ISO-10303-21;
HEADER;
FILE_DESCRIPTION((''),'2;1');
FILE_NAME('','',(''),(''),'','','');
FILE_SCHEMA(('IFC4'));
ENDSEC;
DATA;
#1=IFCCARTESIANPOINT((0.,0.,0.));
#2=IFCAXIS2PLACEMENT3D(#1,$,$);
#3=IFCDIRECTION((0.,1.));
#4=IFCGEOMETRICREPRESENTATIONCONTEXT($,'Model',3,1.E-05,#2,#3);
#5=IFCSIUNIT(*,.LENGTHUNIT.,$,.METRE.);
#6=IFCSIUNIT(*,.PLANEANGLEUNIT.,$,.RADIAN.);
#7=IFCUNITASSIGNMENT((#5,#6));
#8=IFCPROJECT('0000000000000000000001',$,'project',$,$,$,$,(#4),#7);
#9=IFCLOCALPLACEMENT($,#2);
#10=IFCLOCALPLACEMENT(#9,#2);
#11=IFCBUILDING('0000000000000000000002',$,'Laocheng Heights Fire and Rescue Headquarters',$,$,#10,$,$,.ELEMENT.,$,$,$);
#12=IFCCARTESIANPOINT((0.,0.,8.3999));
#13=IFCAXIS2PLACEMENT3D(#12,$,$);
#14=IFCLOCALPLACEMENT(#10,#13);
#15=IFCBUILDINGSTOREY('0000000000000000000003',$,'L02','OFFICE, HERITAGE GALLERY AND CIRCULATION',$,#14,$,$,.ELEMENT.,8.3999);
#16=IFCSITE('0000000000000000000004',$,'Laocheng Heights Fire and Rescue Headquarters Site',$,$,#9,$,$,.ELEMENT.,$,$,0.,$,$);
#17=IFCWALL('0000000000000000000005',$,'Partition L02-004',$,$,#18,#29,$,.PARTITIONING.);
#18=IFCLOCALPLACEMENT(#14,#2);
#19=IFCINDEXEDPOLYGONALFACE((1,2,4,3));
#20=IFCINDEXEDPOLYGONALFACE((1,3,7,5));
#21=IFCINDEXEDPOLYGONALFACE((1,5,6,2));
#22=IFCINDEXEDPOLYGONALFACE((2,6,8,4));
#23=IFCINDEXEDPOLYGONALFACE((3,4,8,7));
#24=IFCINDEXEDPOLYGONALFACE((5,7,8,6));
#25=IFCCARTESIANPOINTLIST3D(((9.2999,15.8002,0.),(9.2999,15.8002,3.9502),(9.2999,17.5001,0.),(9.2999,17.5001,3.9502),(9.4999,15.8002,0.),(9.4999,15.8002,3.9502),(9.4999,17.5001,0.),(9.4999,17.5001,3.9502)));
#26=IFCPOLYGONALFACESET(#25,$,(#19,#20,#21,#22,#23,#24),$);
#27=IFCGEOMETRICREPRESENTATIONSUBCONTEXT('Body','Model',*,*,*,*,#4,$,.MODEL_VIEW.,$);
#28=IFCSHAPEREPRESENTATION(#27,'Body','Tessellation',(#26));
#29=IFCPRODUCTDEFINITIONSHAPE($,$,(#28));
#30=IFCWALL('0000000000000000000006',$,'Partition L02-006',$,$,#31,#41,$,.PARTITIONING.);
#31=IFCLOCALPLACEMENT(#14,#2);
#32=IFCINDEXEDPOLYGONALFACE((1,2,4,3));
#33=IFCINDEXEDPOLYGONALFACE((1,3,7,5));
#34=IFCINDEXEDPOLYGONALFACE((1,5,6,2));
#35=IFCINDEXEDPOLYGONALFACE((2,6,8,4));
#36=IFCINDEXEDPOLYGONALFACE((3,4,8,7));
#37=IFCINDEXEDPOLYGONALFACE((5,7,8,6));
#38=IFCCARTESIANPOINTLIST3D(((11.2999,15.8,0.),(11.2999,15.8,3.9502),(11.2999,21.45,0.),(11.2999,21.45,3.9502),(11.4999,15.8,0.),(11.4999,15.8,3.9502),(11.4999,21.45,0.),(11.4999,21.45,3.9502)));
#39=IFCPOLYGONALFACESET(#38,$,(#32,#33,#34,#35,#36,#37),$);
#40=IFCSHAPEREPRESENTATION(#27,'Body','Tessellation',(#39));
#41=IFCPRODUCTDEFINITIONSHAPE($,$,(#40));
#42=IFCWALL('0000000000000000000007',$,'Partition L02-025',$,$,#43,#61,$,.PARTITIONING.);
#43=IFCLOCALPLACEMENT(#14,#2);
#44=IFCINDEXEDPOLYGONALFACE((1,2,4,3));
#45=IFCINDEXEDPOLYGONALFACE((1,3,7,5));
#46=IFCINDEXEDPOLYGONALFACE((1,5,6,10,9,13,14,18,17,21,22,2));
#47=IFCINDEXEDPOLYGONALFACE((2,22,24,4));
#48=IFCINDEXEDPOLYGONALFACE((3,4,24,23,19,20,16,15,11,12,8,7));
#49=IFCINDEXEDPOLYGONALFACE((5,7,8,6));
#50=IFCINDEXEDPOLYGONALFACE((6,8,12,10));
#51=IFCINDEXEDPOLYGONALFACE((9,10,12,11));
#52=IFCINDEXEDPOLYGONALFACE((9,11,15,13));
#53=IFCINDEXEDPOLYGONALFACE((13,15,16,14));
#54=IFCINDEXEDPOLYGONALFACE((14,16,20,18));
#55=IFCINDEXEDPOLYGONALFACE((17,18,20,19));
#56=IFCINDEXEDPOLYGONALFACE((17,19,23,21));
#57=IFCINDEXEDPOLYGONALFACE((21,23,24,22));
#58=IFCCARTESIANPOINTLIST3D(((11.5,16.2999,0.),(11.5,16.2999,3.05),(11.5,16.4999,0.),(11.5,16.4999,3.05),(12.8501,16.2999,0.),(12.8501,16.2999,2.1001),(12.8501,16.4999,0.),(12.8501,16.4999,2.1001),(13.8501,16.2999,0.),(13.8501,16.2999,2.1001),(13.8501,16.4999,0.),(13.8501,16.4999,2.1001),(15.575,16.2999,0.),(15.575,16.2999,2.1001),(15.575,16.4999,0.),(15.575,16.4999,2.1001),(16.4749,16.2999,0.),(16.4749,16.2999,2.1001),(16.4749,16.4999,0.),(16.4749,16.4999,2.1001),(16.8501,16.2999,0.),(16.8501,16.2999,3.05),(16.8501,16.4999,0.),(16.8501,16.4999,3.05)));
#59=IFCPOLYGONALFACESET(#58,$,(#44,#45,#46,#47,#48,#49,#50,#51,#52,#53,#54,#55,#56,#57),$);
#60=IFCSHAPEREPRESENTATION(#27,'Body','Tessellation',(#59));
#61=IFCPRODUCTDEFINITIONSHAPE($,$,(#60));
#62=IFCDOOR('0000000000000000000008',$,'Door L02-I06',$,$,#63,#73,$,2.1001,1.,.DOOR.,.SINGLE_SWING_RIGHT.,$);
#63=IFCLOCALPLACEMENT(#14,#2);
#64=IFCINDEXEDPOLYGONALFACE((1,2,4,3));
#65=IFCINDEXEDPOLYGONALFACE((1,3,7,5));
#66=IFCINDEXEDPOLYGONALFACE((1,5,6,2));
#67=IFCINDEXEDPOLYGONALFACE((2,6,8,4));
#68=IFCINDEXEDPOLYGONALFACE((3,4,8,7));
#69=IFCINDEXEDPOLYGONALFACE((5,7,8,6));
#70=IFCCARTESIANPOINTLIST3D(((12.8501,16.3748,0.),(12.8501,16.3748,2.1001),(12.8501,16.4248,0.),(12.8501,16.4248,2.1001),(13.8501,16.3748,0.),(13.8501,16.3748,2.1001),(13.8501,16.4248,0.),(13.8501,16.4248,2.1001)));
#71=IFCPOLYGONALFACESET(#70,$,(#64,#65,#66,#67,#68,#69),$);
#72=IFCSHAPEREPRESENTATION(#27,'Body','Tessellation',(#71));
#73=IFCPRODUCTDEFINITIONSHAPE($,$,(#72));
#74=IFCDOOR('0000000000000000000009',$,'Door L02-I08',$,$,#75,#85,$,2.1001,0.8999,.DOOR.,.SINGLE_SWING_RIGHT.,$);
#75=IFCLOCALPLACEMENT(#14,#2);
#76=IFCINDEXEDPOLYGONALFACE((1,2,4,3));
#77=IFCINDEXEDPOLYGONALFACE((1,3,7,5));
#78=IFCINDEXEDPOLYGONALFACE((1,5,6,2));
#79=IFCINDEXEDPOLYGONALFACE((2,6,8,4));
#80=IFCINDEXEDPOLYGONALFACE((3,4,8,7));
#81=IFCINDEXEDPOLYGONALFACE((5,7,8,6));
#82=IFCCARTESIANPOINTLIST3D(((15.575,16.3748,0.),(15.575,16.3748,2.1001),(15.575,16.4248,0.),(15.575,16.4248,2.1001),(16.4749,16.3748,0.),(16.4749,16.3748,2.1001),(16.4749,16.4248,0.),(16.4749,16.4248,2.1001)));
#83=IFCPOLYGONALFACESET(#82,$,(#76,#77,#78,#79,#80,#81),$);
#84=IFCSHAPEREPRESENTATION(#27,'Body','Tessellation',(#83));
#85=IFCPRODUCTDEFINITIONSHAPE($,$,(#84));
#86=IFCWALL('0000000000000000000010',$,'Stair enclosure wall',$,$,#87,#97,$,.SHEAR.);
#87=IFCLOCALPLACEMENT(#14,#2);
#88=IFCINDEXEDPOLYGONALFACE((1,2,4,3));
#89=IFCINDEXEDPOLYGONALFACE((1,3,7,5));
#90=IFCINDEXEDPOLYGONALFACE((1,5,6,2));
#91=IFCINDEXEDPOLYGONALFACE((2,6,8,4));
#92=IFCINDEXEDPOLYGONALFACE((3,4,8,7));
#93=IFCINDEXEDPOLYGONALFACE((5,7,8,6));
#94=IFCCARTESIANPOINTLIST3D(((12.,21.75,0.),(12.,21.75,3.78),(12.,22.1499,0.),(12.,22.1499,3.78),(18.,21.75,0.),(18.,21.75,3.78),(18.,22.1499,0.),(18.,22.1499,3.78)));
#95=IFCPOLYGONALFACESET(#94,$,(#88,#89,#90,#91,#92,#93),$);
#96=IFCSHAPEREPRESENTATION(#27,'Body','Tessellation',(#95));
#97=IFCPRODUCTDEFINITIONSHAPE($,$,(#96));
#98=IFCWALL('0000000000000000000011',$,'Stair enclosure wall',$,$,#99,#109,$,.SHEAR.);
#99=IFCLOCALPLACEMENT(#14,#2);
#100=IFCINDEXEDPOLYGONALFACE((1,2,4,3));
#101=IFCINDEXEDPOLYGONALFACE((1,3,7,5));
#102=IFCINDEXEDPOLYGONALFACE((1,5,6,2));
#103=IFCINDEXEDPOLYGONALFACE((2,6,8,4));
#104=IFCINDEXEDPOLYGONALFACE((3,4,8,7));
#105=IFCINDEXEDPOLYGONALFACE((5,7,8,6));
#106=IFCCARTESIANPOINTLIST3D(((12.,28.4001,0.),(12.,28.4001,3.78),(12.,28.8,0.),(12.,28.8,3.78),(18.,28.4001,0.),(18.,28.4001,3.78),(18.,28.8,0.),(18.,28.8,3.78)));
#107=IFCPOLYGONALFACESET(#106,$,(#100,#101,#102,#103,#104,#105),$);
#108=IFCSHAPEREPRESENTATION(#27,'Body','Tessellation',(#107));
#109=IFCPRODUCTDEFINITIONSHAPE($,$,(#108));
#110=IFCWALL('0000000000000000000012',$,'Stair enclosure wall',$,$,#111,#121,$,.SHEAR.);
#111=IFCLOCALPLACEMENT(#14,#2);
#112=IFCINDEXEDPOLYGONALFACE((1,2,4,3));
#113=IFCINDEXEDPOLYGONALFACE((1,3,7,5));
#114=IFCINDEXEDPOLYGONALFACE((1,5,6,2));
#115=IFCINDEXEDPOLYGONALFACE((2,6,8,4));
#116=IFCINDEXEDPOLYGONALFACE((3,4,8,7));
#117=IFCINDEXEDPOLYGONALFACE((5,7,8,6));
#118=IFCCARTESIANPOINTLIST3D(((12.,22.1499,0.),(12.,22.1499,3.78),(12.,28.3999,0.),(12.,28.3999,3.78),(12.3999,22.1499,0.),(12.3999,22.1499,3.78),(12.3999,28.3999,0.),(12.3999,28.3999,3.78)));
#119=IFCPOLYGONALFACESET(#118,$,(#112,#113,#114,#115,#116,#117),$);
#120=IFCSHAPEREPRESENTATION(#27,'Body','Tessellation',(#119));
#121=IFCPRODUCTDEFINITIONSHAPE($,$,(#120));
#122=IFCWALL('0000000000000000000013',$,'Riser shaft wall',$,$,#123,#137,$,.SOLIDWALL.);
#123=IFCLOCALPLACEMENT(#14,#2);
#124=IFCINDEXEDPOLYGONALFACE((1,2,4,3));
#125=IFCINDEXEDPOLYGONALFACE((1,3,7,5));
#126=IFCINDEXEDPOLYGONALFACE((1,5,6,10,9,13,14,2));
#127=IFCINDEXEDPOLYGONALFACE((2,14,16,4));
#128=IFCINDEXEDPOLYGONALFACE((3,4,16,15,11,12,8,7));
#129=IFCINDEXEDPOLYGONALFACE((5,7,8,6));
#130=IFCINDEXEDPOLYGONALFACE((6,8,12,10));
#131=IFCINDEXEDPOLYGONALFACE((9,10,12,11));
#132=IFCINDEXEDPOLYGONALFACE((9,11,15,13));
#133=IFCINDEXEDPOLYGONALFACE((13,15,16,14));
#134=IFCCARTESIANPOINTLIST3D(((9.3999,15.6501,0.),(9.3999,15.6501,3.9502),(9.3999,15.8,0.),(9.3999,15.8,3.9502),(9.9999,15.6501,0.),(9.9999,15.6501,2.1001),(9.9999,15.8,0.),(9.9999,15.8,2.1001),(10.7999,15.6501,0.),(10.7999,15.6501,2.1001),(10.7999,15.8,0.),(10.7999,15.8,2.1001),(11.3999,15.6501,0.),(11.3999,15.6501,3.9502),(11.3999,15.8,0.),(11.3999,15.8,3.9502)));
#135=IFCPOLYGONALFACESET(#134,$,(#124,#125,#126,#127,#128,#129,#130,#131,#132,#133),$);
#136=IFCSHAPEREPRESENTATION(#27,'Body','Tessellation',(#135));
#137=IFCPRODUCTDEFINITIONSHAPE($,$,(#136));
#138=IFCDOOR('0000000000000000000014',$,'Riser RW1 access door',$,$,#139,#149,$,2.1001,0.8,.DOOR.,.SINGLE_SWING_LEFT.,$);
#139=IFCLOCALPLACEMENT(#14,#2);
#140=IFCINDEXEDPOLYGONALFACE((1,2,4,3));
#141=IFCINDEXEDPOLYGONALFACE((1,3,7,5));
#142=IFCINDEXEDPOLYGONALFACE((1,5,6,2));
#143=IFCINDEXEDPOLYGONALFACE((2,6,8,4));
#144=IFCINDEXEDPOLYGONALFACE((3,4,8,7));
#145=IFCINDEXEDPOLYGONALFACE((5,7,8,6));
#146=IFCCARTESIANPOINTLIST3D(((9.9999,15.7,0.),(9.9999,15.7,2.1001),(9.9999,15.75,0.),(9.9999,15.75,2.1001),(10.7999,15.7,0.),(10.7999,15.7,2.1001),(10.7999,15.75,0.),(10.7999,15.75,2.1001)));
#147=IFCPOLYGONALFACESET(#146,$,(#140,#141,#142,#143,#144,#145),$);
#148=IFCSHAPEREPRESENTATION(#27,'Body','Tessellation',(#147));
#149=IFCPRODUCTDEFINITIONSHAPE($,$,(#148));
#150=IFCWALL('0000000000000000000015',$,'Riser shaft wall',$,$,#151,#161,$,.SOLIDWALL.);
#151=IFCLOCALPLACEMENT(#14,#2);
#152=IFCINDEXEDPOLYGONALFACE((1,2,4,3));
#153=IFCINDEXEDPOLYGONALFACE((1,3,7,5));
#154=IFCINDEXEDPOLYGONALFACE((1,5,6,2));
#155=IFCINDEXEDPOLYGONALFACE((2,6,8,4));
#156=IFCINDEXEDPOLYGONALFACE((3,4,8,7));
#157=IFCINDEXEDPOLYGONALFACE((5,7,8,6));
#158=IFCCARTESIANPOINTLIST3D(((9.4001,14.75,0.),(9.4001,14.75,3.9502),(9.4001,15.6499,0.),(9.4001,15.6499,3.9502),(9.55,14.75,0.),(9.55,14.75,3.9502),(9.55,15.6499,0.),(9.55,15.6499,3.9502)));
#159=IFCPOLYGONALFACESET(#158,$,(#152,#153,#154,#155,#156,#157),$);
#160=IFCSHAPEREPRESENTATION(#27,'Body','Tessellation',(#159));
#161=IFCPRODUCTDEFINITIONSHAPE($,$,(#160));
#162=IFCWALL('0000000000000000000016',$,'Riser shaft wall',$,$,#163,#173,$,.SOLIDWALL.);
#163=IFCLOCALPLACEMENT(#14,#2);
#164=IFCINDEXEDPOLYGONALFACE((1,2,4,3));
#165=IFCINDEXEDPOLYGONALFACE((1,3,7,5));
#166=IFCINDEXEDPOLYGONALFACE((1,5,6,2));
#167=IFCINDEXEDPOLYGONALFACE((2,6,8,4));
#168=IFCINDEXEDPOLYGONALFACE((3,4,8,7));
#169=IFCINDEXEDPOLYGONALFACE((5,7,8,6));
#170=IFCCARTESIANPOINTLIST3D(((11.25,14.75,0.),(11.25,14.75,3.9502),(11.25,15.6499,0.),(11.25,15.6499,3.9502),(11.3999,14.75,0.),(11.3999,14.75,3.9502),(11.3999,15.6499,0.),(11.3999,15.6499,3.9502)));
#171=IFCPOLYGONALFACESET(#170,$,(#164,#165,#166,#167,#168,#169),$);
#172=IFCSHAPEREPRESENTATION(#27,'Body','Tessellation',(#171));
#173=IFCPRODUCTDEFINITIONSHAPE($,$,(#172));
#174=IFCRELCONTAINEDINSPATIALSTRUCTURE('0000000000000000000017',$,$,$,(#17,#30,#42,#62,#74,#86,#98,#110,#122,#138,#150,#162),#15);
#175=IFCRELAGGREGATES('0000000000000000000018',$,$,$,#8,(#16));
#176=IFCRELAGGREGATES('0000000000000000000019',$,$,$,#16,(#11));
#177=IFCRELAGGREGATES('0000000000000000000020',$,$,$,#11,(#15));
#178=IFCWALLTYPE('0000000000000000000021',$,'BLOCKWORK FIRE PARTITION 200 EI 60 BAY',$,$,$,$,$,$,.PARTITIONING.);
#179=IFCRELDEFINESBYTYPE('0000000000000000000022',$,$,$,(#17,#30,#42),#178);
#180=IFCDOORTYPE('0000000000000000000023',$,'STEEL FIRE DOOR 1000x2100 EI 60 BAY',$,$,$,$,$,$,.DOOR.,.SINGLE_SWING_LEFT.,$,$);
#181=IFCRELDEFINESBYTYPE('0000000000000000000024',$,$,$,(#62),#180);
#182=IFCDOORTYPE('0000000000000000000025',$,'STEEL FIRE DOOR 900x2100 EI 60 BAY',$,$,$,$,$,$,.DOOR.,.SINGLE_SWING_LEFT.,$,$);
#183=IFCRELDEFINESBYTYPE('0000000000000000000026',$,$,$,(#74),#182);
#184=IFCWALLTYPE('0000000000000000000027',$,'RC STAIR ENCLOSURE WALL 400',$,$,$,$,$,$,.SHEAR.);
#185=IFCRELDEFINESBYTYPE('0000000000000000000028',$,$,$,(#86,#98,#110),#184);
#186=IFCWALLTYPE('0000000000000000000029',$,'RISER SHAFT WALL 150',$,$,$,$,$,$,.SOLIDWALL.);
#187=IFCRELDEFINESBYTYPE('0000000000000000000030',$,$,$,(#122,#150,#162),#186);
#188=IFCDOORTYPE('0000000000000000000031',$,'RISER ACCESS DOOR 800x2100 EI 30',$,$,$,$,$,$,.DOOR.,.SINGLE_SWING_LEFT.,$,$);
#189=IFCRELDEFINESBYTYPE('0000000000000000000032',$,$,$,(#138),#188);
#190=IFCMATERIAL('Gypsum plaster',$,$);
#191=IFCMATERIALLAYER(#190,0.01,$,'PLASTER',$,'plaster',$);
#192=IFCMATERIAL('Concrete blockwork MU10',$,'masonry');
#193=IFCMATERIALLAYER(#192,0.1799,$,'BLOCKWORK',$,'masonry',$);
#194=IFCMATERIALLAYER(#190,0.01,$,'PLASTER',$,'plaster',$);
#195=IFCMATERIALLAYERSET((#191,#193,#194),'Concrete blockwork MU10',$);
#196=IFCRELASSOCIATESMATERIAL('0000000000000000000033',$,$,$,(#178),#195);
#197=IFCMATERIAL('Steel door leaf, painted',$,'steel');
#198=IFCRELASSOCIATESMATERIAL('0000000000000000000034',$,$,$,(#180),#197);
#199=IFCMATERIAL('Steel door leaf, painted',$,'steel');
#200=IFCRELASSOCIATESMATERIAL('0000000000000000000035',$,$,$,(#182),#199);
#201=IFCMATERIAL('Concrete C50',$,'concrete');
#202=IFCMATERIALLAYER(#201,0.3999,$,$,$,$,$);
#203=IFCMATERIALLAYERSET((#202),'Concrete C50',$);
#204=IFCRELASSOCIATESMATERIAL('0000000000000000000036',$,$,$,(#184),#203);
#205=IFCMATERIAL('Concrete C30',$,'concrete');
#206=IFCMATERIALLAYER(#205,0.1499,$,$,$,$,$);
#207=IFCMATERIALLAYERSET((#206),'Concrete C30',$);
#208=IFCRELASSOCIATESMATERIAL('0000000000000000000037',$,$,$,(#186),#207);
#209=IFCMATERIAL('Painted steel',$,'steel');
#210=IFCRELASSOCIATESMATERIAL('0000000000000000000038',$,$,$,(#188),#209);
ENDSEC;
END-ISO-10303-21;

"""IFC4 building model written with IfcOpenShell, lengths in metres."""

from ifc_helpers import new_model, si_unit, direction, frame, frame_2d, origin, place, context, subcontext, project, spatial, rectangle, extrude, material, layer, layer_set, type_object, element, fill, save


model = new_model("IFC4")

# Units and contexts
model_context = context("Model", 3, precision=1e-05, world=origin(), true_north=direction((0.0, 1.0)))
body_context = subcontext(model_context, "Body", "Model", "MODEL_VIEW")
ifc_project = project(units=[si_unit("LENGTHUNIT", "METRE"), si_unit("PLANEANGLEUNIT", "RADIAN")], contexts=[model_context])

# Site, building, storey
site_placement = place(None, origin())
site = spatial("IfcSite", under=ifc_project, at=site_placement, Name="Laocheng Heights Fire and Rescue Headquarters Site", CompositionType="ELEMENT", RefElevation=0.0)
building_placement = place(site_placement, origin())
building = spatial("IfcBuilding", under=site, at=building_placement, Name="Laocheng Heights Fire and Rescue Headquarters", CompositionType="ELEMENT")
storey_placement = place(building_placement, frame((0.0, 0.0, 8.3999)))
storey = spatial("IfcBuildingStorey", under=building, at=storey_placement, Name="L02", Description="OFFICE, HERITAGE GALLERY AND CIRCULATION", CompositionType="ELEMENT", Elevation=8.3999)

# Walls
ifc_material_1 = material(Name="Gypsum plaster")
ifc_layer_1 = layer(ifc_material_1, 0.01, Name="PLASTER", Category="plaster")
ifc_material_2 = material(Name="Concrete blockwork MU10", Category="masonry")
ifc_layer_2 = layer(ifc_material_2, 0.1799, Name="BLOCKWORK", Category="masonry")
ifc_layer_3 = layer(ifc_material_1, 0.01, Name="PLASTER", Category="plaster")
ifc_layer_set_1 = layer_set([ifc_layer_1, ifc_layer_2, ifc_layer_3], Name="Concrete blockwork MU10")
wall_type_1 = type_object("IfcWallType", Name="BLOCKWORK FIRE PARTITION 200 EI 60 BAY", PredefinedType="PARTITIONING", material=ifc_layer_set_1)
wall_1_placement = place(storey_placement, frame((9.3999, 15.8, 0.0), z_axis=(0.0, 0.0, 1.0), x_axis=(0.0, 1.0, 0.0)))
element("IfcWall", 1, at=wall_1_placement, inside=storey, type_object=wall_type_1, Name="Partition L02-004", PredefinedType="PARTITIONING", context=body_context, shape_type="SweptSolid", body=[
    extrude(rectangle(XDim=1.7, YDim=0.2, at=frame_2d((0.8501, 0.0))), origin(), (0.0, 0.0, 1.0), 3.9502),
])
wall_2_placement = place(storey_placement, frame((11.3999, 15.8, 0.0), z_axis=(0.0, 0.0, 1.0), x_axis=(0.0, 1.0, 0.0)))
element("IfcWall", 2, at=wall_2_placement, inside=storey, type_object=wall_type_1, Name="Partition L02-006", PredefinedType="PARTITIONING", context=body_context, shape_type="SweptSolid", body=[
    extrude(rectangle(XDim=5.6499, YDim=0.2, at=frame_2d((2.825, 0.0))), origin(), (0.0, 0.0, 1.0), 3.9502),
])

# Wall, openings, doors
wall_3_placement = place(storey_placement, frame((11.5, 16.3999, 0.0), z_axis=(0.0, 0.0, 1.0), x_axis=(1.0, 0.0, 0.0)))
wall_3 = element("IfcWall", 3, at=wall_3_placement, inside=storey, type_object=wall_type_1, Name="Partition L02-025", PredefinedType="PARTITIONING", context=body_context, shape_type="SweptSolid", body=[
    extrude(rectangle(XDim=5.3501, YDim=0.2, at=frame_2d((2.675, 0.0))), origin(), (0.0, 0.0, 1.0), 3.05),
])
opening_1_placement = place(wall_3_placement, frame((1.3501, 0.0, 0.0)))
opening_1 = element("IfcOpeningElement", 4, at=opening_1_placement, cuts=wall_3, PredefinedType="OPENING", context=body_context, shape_type="SweptSolid", body=[
    extrude(rectangle(XDim=1.0, YDim=2.1001, at=frame_2d((0.5, 1.05))), frame((0.0, 0.1099, 0.0), z_axis=(0.0, -1.0, 0.0), x_axis=(1.0, 0.0, 0.0)), (0.0, 0.0, 1.0), 0.22),
])
opening_2_placement = place(wall_3_placement, frame((4.075, 0.0, 0.0)))
opening_2 = element("IfcOpeningElement", 5, at=opening_2_placement, cuts=wall_3, PredefinedType="OPENING", context=body_context, shape_type="SweptSolid", body=[
    extrude(rectangle(XDim=0.8999, YDim=2.1001, at=frame_2d((0.45, 1.05))), frame((0.0, 0.1099, 0.0), z_axis=(0.0, -1.0, 0.0), x_axis=(1.0, 0.0, 0.0)), (0.0, 0.0, 1.0), 0.22),
])
ifc_material_3 = material(Name="Steel door leaf, painted", Category="steel")
door_type_1 = type_object("IfcDoorType", Name="STEEL FIRE DOOR 1000x2100 EI 60 BAY", OperationType="SINGLE_SWING_LEFT", PredefinedType="DOOR", material=ifc_material_3)
door_1_placement = place(opening_1_placement, origin())
door_1 = element("IfcDoor", 6, at=door_1_placement, inside=storey, type_object=door_type_1, Name="Door L02-I06", OperationType="SINGLE_SWING_RIGHT", OverallHeight=2.1001, OverallWidth=1.0, PredefinedType="DOOR", context=body_context, shape_type="SweptSolid", body=[
    extrude(rectangle(XDim=1.0, YDim=2.1001, at=frame_2d((0.5, 1.05))), frame((0.0, 0.0249, 0.0), z_axis=(0.0, -1.0, 0.0), x_axis=(1.0, 0.0, 0.0)), (0.0, 0.0, 1.0), 0.05),
])
fill(opening_1, door_1)
ifc_material_4 = material(Name="Steel door leaf, painted", Category="steel")
door_type_2 = type_object("IfcDoorType", Name="STEEL FIRE DOOR 900x2100 EI 60 BAY", OperationType="SINGLE_SWING_LEFT", PredefinedType="DOOR", material=ifc_material_4)
door_2_placement = place(opening_2_placement, origin())
door_2 = element("IfcDoor", 7, at=door_2_placement, inside=storey, type_object=door_type_2, Name="Door L02-I08", OperationType="SINGLE_SWING_RIGHT", OverallHeight=2.1001, OverallWidth=0.8999, PredefinedType="DOOR", context=body_context, shape_type="SweptSolid", body=[
    extrude(rectangle(XDim=0.8999, YDim=2.1001, at=frame_2d((0.45, 1.05))), frame((0.0, 0.0249, 0.0), z_axis=(0.0, -1.0, 0.0), x_axis=(1.0, 0.0, 0.0)), (0.0, 0.0, 1.0), 0.05),
])
fill(opening_2, door_2)

# Walls
ifc_material_5 = material(Name="Concrete C50", Category="concrete")
ifc_layer_4 = layer(ifc_material_5, 0.3999)
ifc_layer_set_2 = layer_set([ifc_layer_4], Name="Concrete C50")
wall_type_2 = type_object("IfcWallType", Name="RC STAIR ENCLOSURE WALL 400", PredefinedType="SHEAR", material=ifc_layer_set_2)
for number, where, z_axis, x_axis, name in (
    (8, (12.0, 21.95, 0.0), (0.0, 0.0, 1.0), (1.0, 0.0, 0.0), "Stair enclosure wall"),
    (9, (12.0, 28.6001, 0.0), (0.0, 0.0, 1.0), (1.0, 0.0, 0.0), "Stair enclosure wall"),
):
    element("IfcWall", number, at=place(storey_placement, frame(where, z_axis=z_axis, x_axis=x_axis)), inside=storey, type_object=wall_type_2, Name=name, PredefinedType="SHEAR", context=body_context, shape_type="SweptSolid", body=[
        extrude(rectangle(XDim=6.0, YDim=0.3999, at=frame_2d((3.0, 0.0))), origin(), (0.0, 0.0, 1.0), 3.78),
    ])
wall_4_placement = place(storey_placement, frame((12.2, 22.1499, 0.0), z_axis=(0.0, 0.0, 1.0), x_axis=(0.0, 1.0, 0.0)))
element("IfcWall", 10, at=wall_4_placement, inside=storey, type_object=wall_type_2, Name="Stair enclosure wall", PredefinedType="SHEAR", context=body_context, shape_type="SweptSolid", body=[
    extrude(rectangle(XDim=6.25, YDim=0.3999, at=frame_2d((3.125, 0.0))), origin(), (0.0, 0.0, 1.0), 3.78),
])

# Wall, opening, door
ifc_material_6 = material(Name="Concrete C30", Category="concrete")
ifc_layer_5 = layer(ifc_material_6, 0.1499)
ifc_layer_set_3 = layer_set([ifc_layer_5], Name="Concrete C30")
wall_type_3 = type_object("IfcWallType", Name="RISER SHAFT WALL 150", PredefinedType="SOLIDWALL", material=ifc_layer_set_3)
wall_5_placement = place(storey_placement, frame((9.3999, 15.7251, 0.0), z_axis=(0.0, 0.0, 1.0), x_axis=(1.0, 0.0, 0.0)))
wall_5 = element("IfcWall", 11, at=wall_5_placement, inside=storey, type_object=wall_type_3, Name="Riser shaft wall", PredefinedType="SOLIDWALL", context=body_context, shape_type="SweptSolid", body=[
    extrude(rectangle(XDim=2.0, YDim=0.1499, at=frame_2d((1.0, 0.0))), origin(), (0.0, 0.0, 1.0), 3.9502),
])
opening_3_placement = place(wall_5_placement, frame((0.6001, 0.0, 0.0)))
opening_3 = element("IfcOpeningElement", 12, at=opening_3_placement, cuts=wall_5, PredefinedType="OPENING", context=body_context, shape_type="SweptSolid", body=[
    extrude(rectangle(XDim=0.8, YDim=2.1001, at=frame_2d((0.3999, 1.05))), frame((0.0, 0.085, 0.0), z_axis=(0.0, -1.0, 0.0), x_axis=(1.0, 0.0, 0.0)), (0.0, 0.0, 1.0), 0.1699),
])
ifc_material_7 = material(Name="Painted steel", Category="steel")
door_type_3 = type_object("IfcDoorType", Name="RISER ACCESS DOOR 800x2100 EI 30", OperationType="SINGLE_SWING_LEFT", PredefinedType="DOOR", material=ifc_material_7)
door_3_placement = place(opening_3_placement, origin())
door_3 = element("IfcDoor", 13, at=door_3_placement, inside=storey, type_object=door_type_3, Name="Riser RW1 access door", OperationType="SINGLE_SWING_LEFT", OverallHeight=2.1001, OverallWidth=0.8, PredefinedType="DOOR", context=body_context, shape_type="SweptSolid", body=[
    extrude(rectangle(XDim=0.8, YDim=2.1001, at=frame_2d((0.3999, 1.05))), frame((0.0, 0.0249, 0.0), z_axis=(0.0, -1.0, 0.0), x_axis=(1.0, 0.0, 0.0)), (0.0, 0.0, 1.0), 0.05),
])
fill(opening_3, door_3)

# Walls
for number, where, z_axis, x_axis, name in (
    (14, (9.4751, 14.75, 0.0), (0.0, 0.0, 1.0), (0.0, 1.0, 0.0), "Riser shaft wall"),
    (15, (11.325, 14.75, 0.0), (0.0, 0.0, 1.0), (0.0, 1.0, 0.0), "Riser shaft wall"),
):
    element("IfcWall", number, at=place(storey_placement, frame(where, z_axis=z_axis, x_axis=x_axis)), inside=storey, type_object=wall_type_3, Name=name, PredefinedType="SOLIDWALL", context=body_context, shape_type="SweptSolid", body=[
        extrude(rectangle(XDim=0.8999, YDim=0.1499, at=frame_2d((0.45, 0.0))), origin(), (0.0, 0.0, 1.0), 3.9502),
    ])

save(model, "model.ifc")
